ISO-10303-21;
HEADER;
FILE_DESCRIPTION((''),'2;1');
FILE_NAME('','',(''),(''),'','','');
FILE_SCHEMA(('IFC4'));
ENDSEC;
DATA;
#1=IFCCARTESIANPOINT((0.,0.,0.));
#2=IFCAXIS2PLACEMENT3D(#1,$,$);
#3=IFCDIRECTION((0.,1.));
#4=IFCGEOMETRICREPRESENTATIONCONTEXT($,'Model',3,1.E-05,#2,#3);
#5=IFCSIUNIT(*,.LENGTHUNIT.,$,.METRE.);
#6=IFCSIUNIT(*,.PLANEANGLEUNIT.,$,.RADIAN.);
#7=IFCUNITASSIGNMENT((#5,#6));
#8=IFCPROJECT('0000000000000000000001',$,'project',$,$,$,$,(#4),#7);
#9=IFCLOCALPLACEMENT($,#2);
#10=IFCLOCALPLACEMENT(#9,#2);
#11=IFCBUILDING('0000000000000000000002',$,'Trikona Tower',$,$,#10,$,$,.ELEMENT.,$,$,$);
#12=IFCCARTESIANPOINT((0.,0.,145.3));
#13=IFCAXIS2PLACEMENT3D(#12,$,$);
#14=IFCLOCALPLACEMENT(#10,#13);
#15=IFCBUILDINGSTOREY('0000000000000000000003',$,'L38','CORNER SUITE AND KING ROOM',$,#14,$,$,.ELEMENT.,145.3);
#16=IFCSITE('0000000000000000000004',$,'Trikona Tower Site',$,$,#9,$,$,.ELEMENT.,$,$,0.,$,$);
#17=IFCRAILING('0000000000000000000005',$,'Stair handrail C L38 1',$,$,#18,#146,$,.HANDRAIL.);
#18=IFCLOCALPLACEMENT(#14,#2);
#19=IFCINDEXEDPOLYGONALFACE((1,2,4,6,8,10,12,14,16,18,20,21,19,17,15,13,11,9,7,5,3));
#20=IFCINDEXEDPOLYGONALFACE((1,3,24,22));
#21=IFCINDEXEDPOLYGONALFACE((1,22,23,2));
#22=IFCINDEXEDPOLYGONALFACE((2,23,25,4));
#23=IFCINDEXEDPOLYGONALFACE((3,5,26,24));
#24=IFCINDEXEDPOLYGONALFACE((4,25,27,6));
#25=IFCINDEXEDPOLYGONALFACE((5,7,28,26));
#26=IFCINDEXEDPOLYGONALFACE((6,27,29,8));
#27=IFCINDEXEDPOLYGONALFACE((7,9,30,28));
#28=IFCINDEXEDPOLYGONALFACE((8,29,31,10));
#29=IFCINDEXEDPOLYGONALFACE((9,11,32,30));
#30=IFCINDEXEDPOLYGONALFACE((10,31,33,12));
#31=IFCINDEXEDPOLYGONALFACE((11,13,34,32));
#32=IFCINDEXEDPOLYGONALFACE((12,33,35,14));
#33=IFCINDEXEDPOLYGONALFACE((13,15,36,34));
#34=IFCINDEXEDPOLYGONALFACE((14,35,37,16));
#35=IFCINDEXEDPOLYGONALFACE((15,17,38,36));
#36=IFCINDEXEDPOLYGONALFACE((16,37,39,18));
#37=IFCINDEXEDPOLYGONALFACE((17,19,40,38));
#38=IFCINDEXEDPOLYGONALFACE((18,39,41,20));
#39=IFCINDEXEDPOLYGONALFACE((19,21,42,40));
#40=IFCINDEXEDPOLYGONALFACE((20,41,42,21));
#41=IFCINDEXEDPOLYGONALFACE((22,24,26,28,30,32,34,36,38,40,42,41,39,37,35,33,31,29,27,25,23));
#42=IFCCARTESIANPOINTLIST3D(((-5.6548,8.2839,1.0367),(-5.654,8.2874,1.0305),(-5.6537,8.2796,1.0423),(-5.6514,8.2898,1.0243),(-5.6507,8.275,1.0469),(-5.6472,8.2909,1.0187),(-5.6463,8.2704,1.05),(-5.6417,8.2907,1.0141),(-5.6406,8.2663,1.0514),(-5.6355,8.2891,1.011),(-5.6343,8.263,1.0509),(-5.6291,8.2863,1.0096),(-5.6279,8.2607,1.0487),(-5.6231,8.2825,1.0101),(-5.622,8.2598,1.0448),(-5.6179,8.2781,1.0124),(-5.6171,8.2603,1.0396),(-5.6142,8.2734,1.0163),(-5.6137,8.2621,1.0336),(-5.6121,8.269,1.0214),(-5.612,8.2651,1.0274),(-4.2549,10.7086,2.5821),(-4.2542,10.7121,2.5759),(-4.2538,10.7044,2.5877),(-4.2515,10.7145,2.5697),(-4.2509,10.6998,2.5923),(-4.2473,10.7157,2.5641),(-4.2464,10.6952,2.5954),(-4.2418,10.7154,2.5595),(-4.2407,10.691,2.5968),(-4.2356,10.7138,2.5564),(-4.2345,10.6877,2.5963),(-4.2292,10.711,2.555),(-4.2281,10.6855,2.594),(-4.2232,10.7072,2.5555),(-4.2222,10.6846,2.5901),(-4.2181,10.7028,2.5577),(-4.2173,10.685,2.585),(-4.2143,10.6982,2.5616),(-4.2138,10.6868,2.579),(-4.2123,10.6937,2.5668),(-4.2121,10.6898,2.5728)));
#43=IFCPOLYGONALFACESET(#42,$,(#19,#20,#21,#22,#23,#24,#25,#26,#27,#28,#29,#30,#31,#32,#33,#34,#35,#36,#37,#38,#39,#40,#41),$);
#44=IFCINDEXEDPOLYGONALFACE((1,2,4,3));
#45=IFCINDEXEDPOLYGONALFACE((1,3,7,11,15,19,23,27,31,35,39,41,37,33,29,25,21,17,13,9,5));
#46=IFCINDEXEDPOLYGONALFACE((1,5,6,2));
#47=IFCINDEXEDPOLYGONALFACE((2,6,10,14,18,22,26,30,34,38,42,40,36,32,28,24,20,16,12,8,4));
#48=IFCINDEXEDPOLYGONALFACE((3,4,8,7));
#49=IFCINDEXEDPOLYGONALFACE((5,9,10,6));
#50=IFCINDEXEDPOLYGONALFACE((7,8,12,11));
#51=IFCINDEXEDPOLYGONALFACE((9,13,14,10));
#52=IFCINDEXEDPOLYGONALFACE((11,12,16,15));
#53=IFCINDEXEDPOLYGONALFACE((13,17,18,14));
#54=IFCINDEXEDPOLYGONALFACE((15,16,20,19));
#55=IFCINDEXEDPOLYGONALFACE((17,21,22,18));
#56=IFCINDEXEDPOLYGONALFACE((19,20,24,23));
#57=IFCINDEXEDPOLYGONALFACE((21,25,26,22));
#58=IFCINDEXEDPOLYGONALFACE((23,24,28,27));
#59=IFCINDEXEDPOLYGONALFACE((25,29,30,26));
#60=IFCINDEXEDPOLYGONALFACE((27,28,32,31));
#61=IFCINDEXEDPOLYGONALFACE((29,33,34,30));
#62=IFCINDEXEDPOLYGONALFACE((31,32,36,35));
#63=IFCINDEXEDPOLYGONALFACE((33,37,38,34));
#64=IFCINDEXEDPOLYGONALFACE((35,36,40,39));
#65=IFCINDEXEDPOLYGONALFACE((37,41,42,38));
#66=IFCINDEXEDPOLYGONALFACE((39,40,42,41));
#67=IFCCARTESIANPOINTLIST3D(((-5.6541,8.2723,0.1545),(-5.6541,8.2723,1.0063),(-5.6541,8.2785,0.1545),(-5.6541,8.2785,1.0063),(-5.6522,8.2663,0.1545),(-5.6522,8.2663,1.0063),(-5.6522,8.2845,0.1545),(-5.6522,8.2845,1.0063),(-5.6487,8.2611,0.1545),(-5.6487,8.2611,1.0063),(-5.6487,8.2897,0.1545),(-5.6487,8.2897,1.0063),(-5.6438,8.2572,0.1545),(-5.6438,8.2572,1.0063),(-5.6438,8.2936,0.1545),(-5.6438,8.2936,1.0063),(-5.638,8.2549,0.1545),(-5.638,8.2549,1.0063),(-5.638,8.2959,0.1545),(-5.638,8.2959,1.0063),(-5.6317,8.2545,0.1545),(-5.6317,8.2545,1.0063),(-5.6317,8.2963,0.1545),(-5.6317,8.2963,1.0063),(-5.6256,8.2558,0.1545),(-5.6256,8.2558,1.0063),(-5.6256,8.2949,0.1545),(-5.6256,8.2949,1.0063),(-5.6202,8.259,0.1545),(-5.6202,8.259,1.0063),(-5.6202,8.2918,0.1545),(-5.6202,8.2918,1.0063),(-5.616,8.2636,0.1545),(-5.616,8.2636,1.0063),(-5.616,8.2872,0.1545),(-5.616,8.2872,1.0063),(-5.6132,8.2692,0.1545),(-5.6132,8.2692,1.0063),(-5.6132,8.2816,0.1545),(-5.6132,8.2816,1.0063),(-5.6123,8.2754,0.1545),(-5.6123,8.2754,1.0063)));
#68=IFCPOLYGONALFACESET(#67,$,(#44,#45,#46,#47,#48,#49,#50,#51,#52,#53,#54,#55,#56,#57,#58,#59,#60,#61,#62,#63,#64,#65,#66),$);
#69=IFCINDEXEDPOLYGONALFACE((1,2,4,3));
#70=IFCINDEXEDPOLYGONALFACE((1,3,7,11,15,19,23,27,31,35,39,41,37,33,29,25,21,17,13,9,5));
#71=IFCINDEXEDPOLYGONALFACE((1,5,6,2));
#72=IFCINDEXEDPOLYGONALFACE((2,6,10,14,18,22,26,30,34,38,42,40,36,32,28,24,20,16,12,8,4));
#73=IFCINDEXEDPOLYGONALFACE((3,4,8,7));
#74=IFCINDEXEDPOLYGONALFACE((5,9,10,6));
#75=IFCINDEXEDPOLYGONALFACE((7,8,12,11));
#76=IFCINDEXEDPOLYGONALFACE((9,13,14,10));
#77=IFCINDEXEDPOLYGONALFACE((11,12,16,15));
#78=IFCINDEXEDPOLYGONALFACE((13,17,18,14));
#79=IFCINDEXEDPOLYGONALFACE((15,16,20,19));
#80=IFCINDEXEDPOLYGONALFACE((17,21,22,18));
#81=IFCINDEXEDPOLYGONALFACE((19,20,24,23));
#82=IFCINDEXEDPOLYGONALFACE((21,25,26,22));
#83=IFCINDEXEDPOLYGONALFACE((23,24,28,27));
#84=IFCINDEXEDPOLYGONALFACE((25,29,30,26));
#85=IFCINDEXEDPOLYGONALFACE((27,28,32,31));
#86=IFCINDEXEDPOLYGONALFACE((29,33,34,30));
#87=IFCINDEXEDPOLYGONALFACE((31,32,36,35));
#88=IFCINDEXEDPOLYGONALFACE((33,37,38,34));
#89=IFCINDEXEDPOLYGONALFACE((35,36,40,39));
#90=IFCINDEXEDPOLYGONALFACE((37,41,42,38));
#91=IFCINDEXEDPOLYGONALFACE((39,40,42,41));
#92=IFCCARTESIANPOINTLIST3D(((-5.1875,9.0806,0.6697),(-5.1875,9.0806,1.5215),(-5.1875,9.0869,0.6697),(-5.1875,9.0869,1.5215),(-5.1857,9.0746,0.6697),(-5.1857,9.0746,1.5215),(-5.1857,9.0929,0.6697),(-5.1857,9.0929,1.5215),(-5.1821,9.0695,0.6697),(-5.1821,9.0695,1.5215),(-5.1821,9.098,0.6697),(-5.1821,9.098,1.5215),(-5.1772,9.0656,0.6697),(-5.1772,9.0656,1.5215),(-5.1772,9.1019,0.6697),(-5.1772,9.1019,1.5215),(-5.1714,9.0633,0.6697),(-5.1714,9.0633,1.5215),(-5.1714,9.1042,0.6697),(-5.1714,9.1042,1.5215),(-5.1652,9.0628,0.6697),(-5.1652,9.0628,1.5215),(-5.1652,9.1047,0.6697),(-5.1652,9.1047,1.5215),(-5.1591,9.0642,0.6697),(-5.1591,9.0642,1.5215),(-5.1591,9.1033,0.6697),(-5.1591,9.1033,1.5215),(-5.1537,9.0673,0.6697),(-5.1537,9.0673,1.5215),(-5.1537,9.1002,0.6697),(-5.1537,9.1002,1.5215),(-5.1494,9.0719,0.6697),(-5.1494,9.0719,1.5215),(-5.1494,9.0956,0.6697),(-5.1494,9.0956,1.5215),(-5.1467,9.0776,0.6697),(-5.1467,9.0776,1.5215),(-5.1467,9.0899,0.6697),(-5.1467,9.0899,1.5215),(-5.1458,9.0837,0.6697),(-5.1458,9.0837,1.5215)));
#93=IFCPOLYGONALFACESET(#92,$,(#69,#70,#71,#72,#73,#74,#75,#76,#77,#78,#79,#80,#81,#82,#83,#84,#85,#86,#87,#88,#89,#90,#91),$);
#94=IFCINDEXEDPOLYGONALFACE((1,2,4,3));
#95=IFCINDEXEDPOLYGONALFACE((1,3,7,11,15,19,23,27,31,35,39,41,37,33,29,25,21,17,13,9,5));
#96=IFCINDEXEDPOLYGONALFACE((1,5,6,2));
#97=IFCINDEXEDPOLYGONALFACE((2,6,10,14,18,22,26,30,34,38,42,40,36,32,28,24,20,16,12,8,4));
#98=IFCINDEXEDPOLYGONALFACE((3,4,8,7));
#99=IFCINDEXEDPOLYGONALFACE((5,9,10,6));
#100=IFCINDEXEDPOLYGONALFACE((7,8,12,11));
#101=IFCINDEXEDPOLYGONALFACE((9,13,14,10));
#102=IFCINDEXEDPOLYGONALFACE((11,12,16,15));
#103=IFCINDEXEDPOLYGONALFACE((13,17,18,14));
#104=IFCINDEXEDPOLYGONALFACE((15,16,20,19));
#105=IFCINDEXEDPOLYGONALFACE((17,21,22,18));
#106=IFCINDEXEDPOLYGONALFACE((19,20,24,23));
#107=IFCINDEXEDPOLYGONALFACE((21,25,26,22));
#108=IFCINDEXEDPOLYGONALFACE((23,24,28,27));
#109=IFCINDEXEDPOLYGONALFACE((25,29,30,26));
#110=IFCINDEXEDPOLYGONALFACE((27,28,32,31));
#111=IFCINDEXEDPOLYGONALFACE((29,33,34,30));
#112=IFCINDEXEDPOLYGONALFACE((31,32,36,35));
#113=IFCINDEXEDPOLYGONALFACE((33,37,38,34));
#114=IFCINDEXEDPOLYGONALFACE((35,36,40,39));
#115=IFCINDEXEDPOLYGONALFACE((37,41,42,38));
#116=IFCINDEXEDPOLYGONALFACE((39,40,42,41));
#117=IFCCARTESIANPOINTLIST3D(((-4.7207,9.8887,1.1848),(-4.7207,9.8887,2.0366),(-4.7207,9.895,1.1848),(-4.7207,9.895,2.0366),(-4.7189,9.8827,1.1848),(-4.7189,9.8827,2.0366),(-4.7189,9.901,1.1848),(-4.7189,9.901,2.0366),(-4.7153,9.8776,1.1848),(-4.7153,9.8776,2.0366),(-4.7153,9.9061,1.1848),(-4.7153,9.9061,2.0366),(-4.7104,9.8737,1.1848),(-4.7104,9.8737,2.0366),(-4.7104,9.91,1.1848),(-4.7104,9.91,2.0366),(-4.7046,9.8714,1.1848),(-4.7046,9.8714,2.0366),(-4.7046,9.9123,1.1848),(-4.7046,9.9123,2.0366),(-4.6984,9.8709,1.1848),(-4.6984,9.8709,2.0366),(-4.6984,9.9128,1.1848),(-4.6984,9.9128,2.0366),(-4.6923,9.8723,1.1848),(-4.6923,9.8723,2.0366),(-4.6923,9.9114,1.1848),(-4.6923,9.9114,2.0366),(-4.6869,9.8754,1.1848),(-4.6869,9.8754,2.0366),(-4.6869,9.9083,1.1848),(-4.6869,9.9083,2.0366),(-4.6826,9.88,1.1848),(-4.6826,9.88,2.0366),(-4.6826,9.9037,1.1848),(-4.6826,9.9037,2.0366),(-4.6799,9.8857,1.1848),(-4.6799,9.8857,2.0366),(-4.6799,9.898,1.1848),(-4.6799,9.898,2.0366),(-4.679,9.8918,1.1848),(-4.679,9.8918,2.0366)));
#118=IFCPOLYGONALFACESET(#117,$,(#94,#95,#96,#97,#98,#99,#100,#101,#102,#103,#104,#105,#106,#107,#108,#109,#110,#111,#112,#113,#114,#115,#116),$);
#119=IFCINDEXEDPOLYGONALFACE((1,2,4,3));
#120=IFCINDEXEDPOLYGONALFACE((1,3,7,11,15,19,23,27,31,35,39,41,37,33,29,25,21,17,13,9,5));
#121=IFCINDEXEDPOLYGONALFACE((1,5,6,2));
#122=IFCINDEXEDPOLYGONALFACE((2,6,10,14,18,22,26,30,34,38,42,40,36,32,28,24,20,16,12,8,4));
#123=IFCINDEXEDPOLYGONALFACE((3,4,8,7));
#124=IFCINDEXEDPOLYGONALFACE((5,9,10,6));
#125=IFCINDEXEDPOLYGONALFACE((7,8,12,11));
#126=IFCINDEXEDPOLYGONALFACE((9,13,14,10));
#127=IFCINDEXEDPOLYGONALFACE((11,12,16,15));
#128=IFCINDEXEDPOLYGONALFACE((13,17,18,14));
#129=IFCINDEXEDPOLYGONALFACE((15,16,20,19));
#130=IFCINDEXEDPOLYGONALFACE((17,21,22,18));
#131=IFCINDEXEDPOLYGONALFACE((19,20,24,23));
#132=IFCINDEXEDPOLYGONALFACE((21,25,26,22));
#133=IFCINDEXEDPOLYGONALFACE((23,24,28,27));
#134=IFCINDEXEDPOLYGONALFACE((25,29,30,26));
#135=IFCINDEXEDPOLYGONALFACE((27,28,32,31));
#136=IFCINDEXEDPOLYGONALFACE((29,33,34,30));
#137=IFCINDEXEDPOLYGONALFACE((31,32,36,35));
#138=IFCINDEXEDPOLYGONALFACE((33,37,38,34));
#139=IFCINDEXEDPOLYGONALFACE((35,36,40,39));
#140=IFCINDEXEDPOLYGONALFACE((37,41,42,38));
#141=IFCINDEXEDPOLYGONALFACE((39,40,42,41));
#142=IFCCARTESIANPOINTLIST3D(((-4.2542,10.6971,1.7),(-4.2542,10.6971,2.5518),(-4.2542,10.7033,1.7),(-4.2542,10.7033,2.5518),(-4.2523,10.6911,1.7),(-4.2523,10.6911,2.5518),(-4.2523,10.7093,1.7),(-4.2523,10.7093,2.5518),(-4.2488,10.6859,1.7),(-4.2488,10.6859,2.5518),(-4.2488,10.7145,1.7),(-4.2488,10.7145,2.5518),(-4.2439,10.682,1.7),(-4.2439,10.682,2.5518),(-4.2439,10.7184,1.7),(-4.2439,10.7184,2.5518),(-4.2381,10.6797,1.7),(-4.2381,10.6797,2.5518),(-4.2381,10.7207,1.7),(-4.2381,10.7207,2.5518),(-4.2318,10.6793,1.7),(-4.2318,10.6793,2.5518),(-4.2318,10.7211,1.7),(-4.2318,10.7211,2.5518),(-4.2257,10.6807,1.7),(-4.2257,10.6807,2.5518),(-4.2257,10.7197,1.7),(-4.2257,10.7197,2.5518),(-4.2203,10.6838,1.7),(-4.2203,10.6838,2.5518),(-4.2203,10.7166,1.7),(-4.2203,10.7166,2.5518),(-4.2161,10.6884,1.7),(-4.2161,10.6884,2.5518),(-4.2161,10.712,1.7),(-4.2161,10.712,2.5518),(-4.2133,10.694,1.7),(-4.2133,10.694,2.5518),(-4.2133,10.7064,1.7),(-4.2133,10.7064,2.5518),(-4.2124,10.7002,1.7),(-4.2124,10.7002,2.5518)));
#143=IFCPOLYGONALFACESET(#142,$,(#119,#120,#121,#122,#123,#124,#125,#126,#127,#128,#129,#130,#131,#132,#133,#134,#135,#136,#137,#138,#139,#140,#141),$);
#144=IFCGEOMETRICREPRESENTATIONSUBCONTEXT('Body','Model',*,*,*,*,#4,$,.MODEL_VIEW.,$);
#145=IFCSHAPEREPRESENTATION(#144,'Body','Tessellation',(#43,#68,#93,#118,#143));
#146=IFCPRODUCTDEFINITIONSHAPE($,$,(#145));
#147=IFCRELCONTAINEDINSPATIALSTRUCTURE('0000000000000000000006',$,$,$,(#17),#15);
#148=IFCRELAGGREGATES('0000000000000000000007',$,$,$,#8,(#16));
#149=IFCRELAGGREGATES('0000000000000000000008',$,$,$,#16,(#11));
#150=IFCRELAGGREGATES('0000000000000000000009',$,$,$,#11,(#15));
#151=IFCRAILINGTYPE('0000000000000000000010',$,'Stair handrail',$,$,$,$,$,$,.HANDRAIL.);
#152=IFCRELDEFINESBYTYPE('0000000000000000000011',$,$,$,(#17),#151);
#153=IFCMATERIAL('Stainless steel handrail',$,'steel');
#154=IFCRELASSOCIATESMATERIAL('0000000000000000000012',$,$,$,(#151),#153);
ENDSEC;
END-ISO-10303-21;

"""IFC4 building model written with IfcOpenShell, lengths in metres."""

from ifc_helpers import new_model, si_unit, direction, frame, origin, origin_2d, place, context, subcontext, project, spatial, circle, extrude, material, type_object, element, save


model = new_model("IFC4")

# Units and contexts
model_context = context("Model", 3, precision=1e-05, world=origin(), true_north=direction((0.0, 1.0)))
body_context = subcontext(model_context, "Body", "Model", "MODEL_VIEW")
ifc_project = project(units=[si_unit("LENGTHUNIT", "METRE"), si_unit("PLANEANGLEUNIT", "RADIAN")], contexts=[model_context])

# Site, building, storey
site_placement = place(None, origin())
site = spatial("IfcSite", under=ifc_project, at=site_placement, Name="Trikona Tower Site", CompositionType="ELEMENT", RefElevation=0.0)
building_placement = place(site_placement, origin())
building = spatial("IfcBuilding", under=site, at=building_placement, Name="Trikona Tower", CompositionType="ELEMENT")
storey_placement = place(building_placement, frame((0.0, 0.0, 145.3)))
storey = spatial("IfcBuildingStorey", under=building, at=storey_placement, Name="L38", Description="CORNER SUITE AND KING ROOM", CompositionType="ELEMENT", Elevation=145.3)

# Railing
ifc_material_1 = material(Name="Stainless steel handrail", Category="steel")
railing_type = type_object("IfcRailingType", Name="Stair handrail", PredefinedType="HANDRAIL", material=ifc_material_1)
railing_1_placement = place(storey_placement, frame((-5.6333, 8.2754, 0.1545)))
element("IfcRailing", 1, at=railing_1_placement, inside=storey, type_object=railing_type, Name="Stair handrail C L38 1", PredefinedType="HANDRAIL", context=body_context, shape_type="SweptSolid", body=[
    extrude(circle(Radius=0.0239, at=origin_2d()), frame((0.0, 0.0, 0.876), z_axis=(0.437733, 0.758207, 0.483231), x_axis=(-0.866035, 0.499984, 0.0)), (0.0, 0.0, 1.0), 3.198),
    extrude(circle(Radius=0.021, at=origin_2d()), origin(), (0.0, 0.0, 1.0), 0.8518),
    extrude(circle(Radius=0.021, at=origin_2d()), frame((0.4666, 0.8083, 0.5151)), (0.0, 0.0, 1.0), 0.8518),
    extrude(circle(Radius=0.021, at=origin_2d()), frame((0.9333, 1.6165, 1.0303)), (0.0, 0.0, 1.0), 0.8518),
    extrude(circle(Radius=0.021, at=origin_2d()), frame((1.3999, 2.4248, 1.5454)), (0.0, 0.0, 1.0), 0.8518),
])

save(model, "model.ifc")
